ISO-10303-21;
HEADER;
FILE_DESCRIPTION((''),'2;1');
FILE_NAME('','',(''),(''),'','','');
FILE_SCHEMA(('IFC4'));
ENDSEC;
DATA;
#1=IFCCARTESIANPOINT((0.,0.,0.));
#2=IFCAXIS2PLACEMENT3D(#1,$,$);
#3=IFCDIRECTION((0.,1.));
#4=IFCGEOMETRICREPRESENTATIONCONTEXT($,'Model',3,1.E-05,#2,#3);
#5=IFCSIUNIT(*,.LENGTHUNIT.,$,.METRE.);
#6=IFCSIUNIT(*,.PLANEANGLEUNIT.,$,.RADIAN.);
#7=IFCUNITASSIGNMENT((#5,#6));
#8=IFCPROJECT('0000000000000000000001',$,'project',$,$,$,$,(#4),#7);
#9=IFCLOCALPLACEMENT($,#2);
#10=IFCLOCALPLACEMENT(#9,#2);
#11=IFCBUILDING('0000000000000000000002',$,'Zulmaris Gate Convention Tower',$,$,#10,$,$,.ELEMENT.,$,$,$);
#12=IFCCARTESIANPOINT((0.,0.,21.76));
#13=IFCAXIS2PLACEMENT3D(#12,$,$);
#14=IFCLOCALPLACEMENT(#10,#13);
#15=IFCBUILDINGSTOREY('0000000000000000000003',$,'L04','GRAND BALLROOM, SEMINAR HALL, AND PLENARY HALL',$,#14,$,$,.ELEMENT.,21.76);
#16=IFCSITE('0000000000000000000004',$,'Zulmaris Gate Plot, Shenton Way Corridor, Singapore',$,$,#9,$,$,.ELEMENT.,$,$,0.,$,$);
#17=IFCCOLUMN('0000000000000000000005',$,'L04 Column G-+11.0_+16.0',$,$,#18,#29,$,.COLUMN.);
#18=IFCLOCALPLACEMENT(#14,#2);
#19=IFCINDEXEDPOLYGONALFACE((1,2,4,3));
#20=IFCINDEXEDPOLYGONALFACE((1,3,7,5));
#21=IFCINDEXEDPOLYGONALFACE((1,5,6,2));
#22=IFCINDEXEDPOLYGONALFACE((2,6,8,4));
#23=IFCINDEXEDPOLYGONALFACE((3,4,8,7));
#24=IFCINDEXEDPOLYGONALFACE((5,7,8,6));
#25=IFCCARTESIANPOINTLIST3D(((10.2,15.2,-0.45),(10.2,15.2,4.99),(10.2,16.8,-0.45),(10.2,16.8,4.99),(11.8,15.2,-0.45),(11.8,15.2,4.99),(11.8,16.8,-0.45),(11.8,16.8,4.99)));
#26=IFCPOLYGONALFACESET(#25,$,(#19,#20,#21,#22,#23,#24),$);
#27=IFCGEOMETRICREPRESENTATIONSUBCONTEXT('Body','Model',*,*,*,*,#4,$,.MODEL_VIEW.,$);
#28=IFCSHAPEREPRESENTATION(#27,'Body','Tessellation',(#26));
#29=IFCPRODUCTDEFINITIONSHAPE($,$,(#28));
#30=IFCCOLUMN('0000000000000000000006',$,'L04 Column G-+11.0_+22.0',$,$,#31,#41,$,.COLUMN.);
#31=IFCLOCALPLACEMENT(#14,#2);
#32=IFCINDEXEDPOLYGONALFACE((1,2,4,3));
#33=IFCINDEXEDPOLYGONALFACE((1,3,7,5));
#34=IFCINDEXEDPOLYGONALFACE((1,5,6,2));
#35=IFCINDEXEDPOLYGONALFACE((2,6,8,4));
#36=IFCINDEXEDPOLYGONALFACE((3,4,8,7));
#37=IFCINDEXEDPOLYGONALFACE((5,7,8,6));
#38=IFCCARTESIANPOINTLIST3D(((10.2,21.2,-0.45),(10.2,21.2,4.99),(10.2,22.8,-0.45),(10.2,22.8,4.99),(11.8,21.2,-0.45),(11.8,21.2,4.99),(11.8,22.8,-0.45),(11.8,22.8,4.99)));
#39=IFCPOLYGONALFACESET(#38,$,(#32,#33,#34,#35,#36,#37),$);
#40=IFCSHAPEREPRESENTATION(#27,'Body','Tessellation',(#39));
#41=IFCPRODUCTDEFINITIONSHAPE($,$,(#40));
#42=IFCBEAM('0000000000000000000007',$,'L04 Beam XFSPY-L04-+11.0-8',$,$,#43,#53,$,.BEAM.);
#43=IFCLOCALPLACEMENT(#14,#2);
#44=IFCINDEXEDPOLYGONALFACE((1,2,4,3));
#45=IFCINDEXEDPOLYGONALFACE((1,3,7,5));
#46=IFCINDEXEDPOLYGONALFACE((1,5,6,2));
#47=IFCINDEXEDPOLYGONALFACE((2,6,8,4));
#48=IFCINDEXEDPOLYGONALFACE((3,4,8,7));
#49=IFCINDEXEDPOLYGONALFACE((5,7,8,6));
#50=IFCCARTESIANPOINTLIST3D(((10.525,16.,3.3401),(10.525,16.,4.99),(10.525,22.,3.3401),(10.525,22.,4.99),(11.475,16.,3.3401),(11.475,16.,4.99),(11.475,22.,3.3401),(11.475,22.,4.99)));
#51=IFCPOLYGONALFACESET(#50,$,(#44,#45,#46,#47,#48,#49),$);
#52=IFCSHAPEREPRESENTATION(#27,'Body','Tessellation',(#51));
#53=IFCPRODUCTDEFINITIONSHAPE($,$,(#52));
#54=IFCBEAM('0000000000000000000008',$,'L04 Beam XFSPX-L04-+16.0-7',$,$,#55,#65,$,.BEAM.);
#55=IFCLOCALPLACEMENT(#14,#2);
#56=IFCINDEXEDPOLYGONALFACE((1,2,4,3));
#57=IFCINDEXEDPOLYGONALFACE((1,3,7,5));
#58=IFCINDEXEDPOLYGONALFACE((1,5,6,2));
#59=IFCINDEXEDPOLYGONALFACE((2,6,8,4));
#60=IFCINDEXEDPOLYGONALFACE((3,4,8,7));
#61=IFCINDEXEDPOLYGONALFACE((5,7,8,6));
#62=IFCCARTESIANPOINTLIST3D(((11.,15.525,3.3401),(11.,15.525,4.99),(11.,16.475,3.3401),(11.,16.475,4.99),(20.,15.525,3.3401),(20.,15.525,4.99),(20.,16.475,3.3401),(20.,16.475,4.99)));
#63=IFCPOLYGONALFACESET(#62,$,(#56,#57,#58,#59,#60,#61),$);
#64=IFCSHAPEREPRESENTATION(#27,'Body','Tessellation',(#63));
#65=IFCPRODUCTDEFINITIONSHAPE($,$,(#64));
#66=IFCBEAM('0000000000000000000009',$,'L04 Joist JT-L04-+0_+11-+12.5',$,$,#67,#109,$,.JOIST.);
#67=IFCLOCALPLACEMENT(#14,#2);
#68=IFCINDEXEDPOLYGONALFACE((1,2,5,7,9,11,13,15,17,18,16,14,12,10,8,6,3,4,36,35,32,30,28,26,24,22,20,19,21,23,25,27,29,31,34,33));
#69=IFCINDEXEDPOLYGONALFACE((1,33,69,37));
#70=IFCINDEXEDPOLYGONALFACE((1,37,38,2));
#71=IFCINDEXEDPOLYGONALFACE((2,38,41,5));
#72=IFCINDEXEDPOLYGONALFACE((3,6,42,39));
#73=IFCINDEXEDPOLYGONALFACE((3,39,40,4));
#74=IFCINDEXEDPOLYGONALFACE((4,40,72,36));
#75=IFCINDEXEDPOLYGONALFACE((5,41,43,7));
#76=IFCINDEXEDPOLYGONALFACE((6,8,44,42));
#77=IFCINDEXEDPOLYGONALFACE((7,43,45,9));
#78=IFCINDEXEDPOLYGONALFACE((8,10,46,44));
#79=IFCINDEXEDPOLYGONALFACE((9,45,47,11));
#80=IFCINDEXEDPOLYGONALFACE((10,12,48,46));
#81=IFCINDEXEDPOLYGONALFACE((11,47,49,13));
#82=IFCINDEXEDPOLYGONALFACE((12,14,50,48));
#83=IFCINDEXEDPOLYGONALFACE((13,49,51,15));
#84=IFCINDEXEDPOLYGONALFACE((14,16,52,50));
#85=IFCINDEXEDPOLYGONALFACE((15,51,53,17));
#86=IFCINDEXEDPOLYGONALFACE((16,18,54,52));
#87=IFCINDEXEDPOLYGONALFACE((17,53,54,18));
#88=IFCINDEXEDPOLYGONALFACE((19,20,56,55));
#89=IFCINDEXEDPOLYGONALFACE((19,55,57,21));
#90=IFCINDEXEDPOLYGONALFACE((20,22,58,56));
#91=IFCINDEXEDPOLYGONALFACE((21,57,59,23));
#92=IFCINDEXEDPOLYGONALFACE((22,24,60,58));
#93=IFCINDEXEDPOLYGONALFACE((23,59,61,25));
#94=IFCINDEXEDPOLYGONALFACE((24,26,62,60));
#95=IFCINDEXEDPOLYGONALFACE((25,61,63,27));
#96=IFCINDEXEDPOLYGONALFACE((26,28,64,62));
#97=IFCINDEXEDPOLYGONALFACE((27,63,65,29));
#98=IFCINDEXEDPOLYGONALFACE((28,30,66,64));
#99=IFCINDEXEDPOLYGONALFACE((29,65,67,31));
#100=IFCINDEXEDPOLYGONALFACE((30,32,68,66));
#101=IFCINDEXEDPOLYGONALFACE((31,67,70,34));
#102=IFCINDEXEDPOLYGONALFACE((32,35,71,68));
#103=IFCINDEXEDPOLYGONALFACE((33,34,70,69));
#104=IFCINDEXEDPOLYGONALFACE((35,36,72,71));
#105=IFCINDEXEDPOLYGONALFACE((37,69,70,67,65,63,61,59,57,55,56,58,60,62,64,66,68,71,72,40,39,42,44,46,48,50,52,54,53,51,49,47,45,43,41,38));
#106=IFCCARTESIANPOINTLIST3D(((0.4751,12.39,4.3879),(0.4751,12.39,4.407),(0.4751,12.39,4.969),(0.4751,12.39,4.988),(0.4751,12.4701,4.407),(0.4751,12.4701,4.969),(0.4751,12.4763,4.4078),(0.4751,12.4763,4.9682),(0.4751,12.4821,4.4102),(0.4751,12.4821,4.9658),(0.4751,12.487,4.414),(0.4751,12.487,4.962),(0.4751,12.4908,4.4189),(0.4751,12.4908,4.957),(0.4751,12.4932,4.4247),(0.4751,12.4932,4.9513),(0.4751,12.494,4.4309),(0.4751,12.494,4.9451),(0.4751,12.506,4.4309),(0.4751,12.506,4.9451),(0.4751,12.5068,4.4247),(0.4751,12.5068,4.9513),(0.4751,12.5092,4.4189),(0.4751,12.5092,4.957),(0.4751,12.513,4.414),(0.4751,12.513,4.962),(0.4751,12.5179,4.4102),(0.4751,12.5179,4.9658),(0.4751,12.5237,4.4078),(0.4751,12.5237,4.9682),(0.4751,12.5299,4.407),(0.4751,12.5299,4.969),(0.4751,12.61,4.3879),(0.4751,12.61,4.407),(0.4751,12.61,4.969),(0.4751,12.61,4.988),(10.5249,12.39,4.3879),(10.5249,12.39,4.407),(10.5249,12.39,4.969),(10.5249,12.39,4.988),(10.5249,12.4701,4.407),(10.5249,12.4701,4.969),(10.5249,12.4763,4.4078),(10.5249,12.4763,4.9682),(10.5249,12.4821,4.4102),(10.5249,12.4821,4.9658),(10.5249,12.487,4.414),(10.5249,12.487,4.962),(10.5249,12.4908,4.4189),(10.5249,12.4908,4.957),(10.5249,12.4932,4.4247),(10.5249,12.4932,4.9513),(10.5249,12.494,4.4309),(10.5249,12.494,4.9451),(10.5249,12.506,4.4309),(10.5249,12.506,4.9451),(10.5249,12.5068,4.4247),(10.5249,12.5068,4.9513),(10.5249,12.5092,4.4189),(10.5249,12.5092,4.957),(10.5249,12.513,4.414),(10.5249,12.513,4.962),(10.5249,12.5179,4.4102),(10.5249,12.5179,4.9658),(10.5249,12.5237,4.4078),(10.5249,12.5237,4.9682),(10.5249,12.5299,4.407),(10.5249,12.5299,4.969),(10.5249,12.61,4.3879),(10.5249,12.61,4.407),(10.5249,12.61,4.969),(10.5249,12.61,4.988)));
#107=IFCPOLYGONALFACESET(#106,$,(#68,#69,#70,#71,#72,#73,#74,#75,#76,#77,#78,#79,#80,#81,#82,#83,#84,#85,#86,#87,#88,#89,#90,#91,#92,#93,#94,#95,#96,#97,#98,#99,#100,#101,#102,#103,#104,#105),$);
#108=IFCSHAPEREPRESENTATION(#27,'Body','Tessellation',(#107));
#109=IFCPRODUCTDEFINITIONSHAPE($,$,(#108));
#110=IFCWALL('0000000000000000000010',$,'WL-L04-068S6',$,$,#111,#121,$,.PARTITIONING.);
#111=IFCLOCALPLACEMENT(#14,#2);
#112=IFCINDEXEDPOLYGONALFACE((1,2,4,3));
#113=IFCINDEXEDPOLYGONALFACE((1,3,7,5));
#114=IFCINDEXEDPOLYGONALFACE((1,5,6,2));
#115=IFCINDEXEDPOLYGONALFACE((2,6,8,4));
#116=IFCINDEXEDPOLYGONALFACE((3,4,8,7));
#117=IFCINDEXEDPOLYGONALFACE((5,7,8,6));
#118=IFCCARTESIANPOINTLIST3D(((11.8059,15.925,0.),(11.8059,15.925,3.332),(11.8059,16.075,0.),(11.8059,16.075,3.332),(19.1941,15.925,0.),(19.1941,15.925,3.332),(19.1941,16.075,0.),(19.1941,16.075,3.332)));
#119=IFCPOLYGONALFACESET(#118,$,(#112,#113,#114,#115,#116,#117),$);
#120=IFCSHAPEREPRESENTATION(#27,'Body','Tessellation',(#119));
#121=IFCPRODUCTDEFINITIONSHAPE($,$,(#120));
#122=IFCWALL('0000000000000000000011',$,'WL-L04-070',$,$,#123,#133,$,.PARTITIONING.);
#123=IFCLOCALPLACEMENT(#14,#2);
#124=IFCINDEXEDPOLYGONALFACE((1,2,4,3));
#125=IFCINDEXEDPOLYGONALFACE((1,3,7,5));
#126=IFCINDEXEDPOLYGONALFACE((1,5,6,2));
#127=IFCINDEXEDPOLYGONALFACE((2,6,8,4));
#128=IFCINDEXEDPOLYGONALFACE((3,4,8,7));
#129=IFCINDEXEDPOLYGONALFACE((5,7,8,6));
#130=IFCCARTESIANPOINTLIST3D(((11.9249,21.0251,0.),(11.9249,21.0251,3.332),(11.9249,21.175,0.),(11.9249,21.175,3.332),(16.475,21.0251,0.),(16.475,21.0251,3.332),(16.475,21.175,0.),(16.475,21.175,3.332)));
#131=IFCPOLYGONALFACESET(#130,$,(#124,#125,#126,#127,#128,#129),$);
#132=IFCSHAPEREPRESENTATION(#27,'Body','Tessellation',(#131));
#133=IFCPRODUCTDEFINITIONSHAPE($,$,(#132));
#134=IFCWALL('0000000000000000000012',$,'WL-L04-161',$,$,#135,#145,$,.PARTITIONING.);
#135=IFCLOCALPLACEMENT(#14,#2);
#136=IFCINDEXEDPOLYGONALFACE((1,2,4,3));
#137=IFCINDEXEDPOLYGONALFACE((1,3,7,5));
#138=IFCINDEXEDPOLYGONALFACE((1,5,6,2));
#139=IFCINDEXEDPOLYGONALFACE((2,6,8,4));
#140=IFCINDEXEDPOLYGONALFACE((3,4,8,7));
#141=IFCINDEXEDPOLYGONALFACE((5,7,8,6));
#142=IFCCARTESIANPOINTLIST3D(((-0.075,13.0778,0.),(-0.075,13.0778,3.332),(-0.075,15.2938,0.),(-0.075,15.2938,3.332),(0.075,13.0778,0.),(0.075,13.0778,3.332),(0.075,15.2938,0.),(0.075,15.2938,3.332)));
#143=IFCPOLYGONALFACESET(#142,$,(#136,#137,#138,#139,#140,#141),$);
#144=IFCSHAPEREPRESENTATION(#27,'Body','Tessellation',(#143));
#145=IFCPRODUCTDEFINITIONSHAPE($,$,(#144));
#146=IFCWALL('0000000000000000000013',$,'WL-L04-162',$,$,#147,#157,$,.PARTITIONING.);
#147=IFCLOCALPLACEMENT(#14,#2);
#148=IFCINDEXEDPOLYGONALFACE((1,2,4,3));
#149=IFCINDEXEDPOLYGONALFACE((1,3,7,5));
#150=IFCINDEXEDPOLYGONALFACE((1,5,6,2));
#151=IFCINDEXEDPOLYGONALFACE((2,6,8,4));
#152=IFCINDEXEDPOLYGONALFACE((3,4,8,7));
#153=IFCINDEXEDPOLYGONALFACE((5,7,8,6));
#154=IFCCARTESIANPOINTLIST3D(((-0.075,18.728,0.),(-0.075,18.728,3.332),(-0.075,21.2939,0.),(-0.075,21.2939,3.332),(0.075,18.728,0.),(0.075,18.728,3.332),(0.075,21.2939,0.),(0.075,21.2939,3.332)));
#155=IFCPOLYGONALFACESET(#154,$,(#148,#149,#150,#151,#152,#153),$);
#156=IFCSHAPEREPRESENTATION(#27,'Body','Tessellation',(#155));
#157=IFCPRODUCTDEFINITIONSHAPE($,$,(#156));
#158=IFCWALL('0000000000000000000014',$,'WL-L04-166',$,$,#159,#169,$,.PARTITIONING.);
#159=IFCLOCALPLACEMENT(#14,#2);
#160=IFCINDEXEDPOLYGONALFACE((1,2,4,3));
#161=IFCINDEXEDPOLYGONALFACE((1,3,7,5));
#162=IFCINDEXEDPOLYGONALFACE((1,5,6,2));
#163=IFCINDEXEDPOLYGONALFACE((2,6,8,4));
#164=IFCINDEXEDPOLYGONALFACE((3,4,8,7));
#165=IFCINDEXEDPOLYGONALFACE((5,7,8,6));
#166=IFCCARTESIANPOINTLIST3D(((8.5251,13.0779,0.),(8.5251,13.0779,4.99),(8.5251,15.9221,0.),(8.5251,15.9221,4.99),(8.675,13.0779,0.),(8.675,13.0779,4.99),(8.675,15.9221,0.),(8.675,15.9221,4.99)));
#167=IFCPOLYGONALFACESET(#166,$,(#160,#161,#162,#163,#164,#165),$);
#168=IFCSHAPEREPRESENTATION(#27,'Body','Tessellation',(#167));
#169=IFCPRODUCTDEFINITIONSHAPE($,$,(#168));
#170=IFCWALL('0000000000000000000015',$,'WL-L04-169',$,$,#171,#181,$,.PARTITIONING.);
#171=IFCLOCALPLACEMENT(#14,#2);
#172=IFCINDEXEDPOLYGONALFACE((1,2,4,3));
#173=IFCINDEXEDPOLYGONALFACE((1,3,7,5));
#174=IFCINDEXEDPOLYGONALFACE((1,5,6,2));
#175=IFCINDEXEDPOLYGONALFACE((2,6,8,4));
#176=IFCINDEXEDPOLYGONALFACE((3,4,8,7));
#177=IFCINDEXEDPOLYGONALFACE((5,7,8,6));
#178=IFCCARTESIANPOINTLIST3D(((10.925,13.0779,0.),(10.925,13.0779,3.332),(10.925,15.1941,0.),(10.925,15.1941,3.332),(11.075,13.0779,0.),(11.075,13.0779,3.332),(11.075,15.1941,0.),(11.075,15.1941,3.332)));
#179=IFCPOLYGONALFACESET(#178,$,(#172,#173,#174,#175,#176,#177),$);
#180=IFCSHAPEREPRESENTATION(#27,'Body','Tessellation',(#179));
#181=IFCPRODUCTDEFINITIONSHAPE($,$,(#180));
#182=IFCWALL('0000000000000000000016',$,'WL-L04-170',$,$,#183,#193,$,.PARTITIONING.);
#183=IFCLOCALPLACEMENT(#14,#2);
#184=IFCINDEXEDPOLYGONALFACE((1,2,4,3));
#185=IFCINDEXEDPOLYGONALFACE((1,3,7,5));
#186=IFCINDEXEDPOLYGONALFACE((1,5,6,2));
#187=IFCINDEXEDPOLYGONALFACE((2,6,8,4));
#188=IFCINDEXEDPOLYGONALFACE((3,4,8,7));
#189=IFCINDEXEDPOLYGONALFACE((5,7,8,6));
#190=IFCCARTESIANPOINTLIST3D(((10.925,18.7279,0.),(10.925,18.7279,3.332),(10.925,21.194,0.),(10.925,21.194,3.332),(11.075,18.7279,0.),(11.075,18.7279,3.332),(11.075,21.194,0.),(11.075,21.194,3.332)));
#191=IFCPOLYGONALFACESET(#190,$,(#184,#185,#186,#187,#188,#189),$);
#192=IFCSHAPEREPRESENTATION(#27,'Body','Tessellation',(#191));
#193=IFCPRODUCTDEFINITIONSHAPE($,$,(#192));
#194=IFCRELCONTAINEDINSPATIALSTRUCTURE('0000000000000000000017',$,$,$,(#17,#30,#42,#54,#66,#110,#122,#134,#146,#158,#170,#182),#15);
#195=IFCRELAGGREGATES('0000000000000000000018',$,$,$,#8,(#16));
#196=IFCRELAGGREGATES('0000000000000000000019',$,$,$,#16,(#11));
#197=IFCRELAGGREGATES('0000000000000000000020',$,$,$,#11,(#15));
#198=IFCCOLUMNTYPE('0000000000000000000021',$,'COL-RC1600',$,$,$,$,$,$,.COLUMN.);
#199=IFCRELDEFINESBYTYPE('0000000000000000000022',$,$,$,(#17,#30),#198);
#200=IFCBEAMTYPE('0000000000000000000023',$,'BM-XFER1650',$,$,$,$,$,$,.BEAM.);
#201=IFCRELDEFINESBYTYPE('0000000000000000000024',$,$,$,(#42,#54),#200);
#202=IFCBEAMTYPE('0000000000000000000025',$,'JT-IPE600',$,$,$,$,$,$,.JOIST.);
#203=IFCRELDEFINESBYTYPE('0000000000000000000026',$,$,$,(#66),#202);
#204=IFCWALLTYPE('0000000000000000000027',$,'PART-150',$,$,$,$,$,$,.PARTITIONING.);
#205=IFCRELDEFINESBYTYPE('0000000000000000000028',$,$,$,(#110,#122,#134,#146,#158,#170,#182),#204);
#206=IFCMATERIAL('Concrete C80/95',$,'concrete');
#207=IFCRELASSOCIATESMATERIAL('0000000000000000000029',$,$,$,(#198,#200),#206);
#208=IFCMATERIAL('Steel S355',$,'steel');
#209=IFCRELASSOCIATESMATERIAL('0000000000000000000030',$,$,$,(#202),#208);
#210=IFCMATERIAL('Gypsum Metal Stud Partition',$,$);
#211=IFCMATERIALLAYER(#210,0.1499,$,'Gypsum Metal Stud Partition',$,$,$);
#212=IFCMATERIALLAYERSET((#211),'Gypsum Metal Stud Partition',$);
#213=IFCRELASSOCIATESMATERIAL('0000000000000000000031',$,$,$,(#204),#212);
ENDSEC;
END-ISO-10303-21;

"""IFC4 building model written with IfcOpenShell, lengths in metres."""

from ifc_helpers import new_model, si_unit, direction, frame, frame_2d, origin, origin_2d, place, context, subcontext, project, spatial, rectangle, i_section, extrude, material, layer, layer_set, material_profile, profile_set, type_object, element, save


model = new_model("IFC4")

# Units and contexts
model_context = context("Model", 3, precision=1e-05, world=origin(), true_north=direction((0.0, 1.0)))
body_context = subcontext(model_context, "Body", "Model", "MODEL_VIEW")
ifc_project = project(units=[si_unit("LENGTHUNIT", "METRE"), si_unit("PLANEANGLEUNIT", "RADIAN")], contexts=[model_context])

# Site, building, storey
site_placement = place(None, origin())
site = spatial("IfcSite", under=ifc_project, at=site_placement, Name="Zulmaris Gate Plot, Shenton Way Corridor, Singapore", CompositionType="ELEMENT", RefElevation=0.0)
building_placement = place(site_placement, origin())
building = spatial("IfcBuilding", under=site, at=building_placement, Name="Zulmaris Gate Convention Tower", CompositionType="ELEMENT")
storey_placement = place(building_placement, frame((0.0, 0.0, 21.76)))
storey = spatial("IfcBuildingStorey", under=building, at=storey_placement, Name="L04", Description="GRAND BALLROOM, SEMINAR HALL, AND PLENARY HALL", CompositionType="ELEMENT", Elevation=21.76)

# Columns
ifc_material_1 = material(Name="Concrete C80/95", Category="concrete")
ifc_material_profile_1 = material_profile(ifc_material_1, rectangle(XDim=1.6001, YDim=1.6001, at=origin_2d()), Name="RC COL 1600x1600")
ifc_profile_set_1 = profile_set([ifc_material_profile_1], Name="Concrete C80/95")
column_type = type_object("IfcColumnType", Name="COL-RC1600", PredefinedType="COLUMN", material=ifc_profile_set_1)
for number, where, z_axis, x_axis, name in (
    (1, (11.0, 16.0, -0.45), (0.0, 0.0, 1.0), (1.0, 0.0, 0.0), "L04 Column G-+11.0_+16.0"),
    (2, (11.0, 22.0, -0.45), (0.0, 0.0, 1.0), (1.0, 0.0, 0.0), "L04 Column G-+11.0_+22.0"),
):
    element("IfcColumn", number, at=place(storey_placement, frame(where, z_axis=z_axis, x_axis=x_axis)), inside=storey, type_object=column_type, Name=name, PredefinedType="COLUMN", context=body_context, shape_type="SweptSolid", body=[
        extrude(rectangle(XDim=1.6001, YDim=1.6001, at=origin_2d()), origin(), (0.0, 0.0, 1.0), 5.4399),
    ])

# Beams
ifc_material_profile_2 = material_profile(ifc_material_1, rectangle(XDim=0.95, YDim=1.6499, at=origin_2d()), Name="RC TRANSFER 950x1650")
ifc_profile_set_2 = profile_set([ifc_material_profile_2], Name="Concrete C80/95")
beam_type_1 = type_object("IfcBeamType", Name="BM-XFER1650", PredefinedType="BEAM", material=ifc_profile_set_2)
beam_1_placement = place(storey_placement, frame((11.0, 16.0, 4.165), z_axis=(0.0, 1.0, 0.0), x_axis=(-1.0, 0.0, 0.0)))
element("IfcBeam", 3, at=beam_1_placement, inside=storey, type_object=beam_type_1, Name="L04 Beam XFSPY-L04-+11.0-8", PredefinedType="BEAM", context=body_context, shape_type="SweptSolid", body=[
    extrude(rectangle(XDim=0.95, YDim=1.6499, at=origin_2d()), origin(), (0.0, 0.0, 1.0), 6.0),
])
beam_2_placement = place(storey_placement, frame((11.0, 16.0, 4.165), z_axis=(1.0, 0.0, 0.0), x_axis=(0.0, 1.0, 0.0)))
element("IfcBeam", 4, at=beam_2_placement, inside=storey, type_object=beam_type_1, Name="L04 Beam XFSPX-L04-+16.0-7", PredefinedType="BEAM", context=body_context, shape_type="SweptSolid", body=[
    extrude(rectangle(XDim=0.95, YDim=1.6499, at=origin_2d()), origin(), (0.0, 0.0, 1.0), 9.0),
])
ifc_material_2 = material(Name="Steel S355", Category="steel")
ifc_material_profile_3 = material_profile(ifc_material_2, i_section(OverallWidth=0.22, OverallDepth=0.6001, WebThickness=0.012, FlangeThickness=0.019, FilletRadius=0.0239, at=origin_2d()), Name="IPE 600")
ifc_profile_set_3 = profile_set([ifc_material_profile_3], Name="Steel S355")
beam_type_2 = type_object("IfcBeamType", Name="JT-IPE600", PredefinedType="JOIST", material=ifc_profile_set_3)
beam_3_placement = place(storey_placement, frame((0.4751, 12.5, 4.688), z_axis=(1.0, 0.0, 0.0), x_axis=(0.0, 1.0, 0.0)))
element("IfcBeam", 5, at=beam_3_placement, inside=storey, type_object=beam_type_2, Name="L04 Joist JT-L04-+0_+11-+12.5", PredefinedType="JOIST", context=body_context, shape_type="SweptSolid", body=[
    extrude(i_section(OverallWidth=0.22, OverallDepth=0.6001, WebThickness=0.012, FlangeThickness=0.019, FilletRadius=0.0239, at=origin_2d()), origin(), (0.0, 0.0, 1.0), 10.0498),
])

# Shared definitions
ifc_material_3 = material(Name="Gypsum Metal Stud Partition")
ifc_layer = layer(ifc_material_3, 0.1499, Name="Gypsum Metal Stud Partition")
ifc_layer_set = layer_set([ifc_layer], Name="Gypsum Metal Stud Partition")
wall_type = type_object("IfcWallType", Name="PART-150", PredefinedType="PARTITIONING", material=ifc_layer_set)

# Walls
wall_1_placement = place(storey_placement, frame((11.8059, 16.0, 0.0), z_axis=(0.0, 0.0, 1.0), x_axis=(1.0, 0.0, 0.0)))
element("IfcWall", 6, at=wall_1_placement, inside=storey, type_object=wall_type, Name="WL-L04-068S6", PredefinedType="PARTITIONING", context=body_context, shape_type="SweptSolid", body=[
    extrude(rectangle(XDim=7.3882, YDim=0.1499, at=frame_2d((3.6941, 0.0))), origin(), (0.0, 0.0, 1.0), 3.332),
])
wall_2_placement = place(storey_placement, frame((11.925, 21.1001, 0.0), z_axis=(0.0, 0.0, 1.0), x_axis=(1.0, 0.0, 0.0)))
element("IfcWall", 7, at=wall_2_placement, inside=storey, type_object=wall_type, Name="WL-L04-070", PredefinedType="PARTITIONING", context=body_context, shape_type="SweptSolid", body=[
    extrude(rectangle(XDim=4.55, YDim=0.1499, at=frame_2d((2.2749, 0.0))), origin(), (0.0, 0.0, 1.0), 3.332),
])
wall_3_placement = place(storey_placement, frame((0.0, 13.0779, 0.0), z_axis=(0.0, 0.0, 1.0), x_axis=(0.0, 1.0, 0.0)))
element("IfcWall", 8, at=wall_3_placement, inside=storey, type_object=wall_type, Name="WL-L04-161", PredefinedType="PARTITIONING", context=body_context, shape_type="SweptSolid", body=[
    extrude(rectangle(XDim=2.2161, YDim=0.1499, at=frame_2d((1.1079, 0.0))), origin(), (0.0, 0.0, 1.0), 3.332),
])
wall_4_placement = place(storey_placement, frame((0.0, 18.728, 0.0), z_axis=(0.0, 0.0, 1.0), x_axis=(0.0, 1.0, 0.0)))
element("IfcWall", 9, at=wall_4_placement, inside=storey, type_object=wall_type, Name="WL-L04-162", PredefinedType="PARTITIONING", context=body_context, shape_type="SweptSolid", body=[
    extrude(rectangle(XDim=2.5659, YDim=0.1499, at=frame_2d((1.283, 0.0))), origin(), (0.0, 0.0, 1.0), 3.332),
])
wall_5_placement = place(storey_placement, frame((8.6001, 13.0779, 0.0), z_axis=(0.0, 0.0, 1.0), x_axis=(0.0, 1.0, 0.0)))
element("IfcWall", 10, at=wall_5_placement, inside=storey, type_object=wall_type, Name="WL-L04-166", PredefinedType="PARTITIONING", context=body_context, shape_type="SweptSolid", body=[
    extrude(rectangle(XDim=2.8442, YDim=0.1499, at=frame_2d((1.4221, 0.0))), origin(), (0.0, 0.0, 1.0), 4.99),
])
wall_6_placement = place(storey_placement, frame((11.0, 13.0779, 0.0), z_axis=(0.0, 0.0, 1.0), x_axis=(0.0, 1.0, 0.0)))
element("IfcWall", 11, at=wall_6_placement, inside=storey, type_object=wall_type, Name="WL-L04-169", PredefinedType="PARTITIONING", context=body_context, shape_type="SweptSolid", body=[
    extrude(rectangle(XDim=2.1162, YDim=0.1499, at=frame_2d((1.0581, 0.0))), origin(), (0.0, 0.0, 1.0), 3.332),
])
wall_7_placement = place(storey_placement, frame((11.0, 18.728, 0.0), z_axis=(0.0, 0.0, 1.0), x_axis=(0.0, 1.0, 0.0)))
element("IfcWall", 12, at=wall_7_placement, inside=storey, type_object=wall_type, Name="WL-L04-170", PredefinedType="PARTITIONING", context=body_context, shape_type="SweptSolid", body=[
    extrude(rectangle(XDim=2.4661, YDim=0.1499, at=frame_2d((1.2329, 0.0))), origin(), (0.0, 0.0, 1.0), 3.332),
])

save(model, "model.ifc")
